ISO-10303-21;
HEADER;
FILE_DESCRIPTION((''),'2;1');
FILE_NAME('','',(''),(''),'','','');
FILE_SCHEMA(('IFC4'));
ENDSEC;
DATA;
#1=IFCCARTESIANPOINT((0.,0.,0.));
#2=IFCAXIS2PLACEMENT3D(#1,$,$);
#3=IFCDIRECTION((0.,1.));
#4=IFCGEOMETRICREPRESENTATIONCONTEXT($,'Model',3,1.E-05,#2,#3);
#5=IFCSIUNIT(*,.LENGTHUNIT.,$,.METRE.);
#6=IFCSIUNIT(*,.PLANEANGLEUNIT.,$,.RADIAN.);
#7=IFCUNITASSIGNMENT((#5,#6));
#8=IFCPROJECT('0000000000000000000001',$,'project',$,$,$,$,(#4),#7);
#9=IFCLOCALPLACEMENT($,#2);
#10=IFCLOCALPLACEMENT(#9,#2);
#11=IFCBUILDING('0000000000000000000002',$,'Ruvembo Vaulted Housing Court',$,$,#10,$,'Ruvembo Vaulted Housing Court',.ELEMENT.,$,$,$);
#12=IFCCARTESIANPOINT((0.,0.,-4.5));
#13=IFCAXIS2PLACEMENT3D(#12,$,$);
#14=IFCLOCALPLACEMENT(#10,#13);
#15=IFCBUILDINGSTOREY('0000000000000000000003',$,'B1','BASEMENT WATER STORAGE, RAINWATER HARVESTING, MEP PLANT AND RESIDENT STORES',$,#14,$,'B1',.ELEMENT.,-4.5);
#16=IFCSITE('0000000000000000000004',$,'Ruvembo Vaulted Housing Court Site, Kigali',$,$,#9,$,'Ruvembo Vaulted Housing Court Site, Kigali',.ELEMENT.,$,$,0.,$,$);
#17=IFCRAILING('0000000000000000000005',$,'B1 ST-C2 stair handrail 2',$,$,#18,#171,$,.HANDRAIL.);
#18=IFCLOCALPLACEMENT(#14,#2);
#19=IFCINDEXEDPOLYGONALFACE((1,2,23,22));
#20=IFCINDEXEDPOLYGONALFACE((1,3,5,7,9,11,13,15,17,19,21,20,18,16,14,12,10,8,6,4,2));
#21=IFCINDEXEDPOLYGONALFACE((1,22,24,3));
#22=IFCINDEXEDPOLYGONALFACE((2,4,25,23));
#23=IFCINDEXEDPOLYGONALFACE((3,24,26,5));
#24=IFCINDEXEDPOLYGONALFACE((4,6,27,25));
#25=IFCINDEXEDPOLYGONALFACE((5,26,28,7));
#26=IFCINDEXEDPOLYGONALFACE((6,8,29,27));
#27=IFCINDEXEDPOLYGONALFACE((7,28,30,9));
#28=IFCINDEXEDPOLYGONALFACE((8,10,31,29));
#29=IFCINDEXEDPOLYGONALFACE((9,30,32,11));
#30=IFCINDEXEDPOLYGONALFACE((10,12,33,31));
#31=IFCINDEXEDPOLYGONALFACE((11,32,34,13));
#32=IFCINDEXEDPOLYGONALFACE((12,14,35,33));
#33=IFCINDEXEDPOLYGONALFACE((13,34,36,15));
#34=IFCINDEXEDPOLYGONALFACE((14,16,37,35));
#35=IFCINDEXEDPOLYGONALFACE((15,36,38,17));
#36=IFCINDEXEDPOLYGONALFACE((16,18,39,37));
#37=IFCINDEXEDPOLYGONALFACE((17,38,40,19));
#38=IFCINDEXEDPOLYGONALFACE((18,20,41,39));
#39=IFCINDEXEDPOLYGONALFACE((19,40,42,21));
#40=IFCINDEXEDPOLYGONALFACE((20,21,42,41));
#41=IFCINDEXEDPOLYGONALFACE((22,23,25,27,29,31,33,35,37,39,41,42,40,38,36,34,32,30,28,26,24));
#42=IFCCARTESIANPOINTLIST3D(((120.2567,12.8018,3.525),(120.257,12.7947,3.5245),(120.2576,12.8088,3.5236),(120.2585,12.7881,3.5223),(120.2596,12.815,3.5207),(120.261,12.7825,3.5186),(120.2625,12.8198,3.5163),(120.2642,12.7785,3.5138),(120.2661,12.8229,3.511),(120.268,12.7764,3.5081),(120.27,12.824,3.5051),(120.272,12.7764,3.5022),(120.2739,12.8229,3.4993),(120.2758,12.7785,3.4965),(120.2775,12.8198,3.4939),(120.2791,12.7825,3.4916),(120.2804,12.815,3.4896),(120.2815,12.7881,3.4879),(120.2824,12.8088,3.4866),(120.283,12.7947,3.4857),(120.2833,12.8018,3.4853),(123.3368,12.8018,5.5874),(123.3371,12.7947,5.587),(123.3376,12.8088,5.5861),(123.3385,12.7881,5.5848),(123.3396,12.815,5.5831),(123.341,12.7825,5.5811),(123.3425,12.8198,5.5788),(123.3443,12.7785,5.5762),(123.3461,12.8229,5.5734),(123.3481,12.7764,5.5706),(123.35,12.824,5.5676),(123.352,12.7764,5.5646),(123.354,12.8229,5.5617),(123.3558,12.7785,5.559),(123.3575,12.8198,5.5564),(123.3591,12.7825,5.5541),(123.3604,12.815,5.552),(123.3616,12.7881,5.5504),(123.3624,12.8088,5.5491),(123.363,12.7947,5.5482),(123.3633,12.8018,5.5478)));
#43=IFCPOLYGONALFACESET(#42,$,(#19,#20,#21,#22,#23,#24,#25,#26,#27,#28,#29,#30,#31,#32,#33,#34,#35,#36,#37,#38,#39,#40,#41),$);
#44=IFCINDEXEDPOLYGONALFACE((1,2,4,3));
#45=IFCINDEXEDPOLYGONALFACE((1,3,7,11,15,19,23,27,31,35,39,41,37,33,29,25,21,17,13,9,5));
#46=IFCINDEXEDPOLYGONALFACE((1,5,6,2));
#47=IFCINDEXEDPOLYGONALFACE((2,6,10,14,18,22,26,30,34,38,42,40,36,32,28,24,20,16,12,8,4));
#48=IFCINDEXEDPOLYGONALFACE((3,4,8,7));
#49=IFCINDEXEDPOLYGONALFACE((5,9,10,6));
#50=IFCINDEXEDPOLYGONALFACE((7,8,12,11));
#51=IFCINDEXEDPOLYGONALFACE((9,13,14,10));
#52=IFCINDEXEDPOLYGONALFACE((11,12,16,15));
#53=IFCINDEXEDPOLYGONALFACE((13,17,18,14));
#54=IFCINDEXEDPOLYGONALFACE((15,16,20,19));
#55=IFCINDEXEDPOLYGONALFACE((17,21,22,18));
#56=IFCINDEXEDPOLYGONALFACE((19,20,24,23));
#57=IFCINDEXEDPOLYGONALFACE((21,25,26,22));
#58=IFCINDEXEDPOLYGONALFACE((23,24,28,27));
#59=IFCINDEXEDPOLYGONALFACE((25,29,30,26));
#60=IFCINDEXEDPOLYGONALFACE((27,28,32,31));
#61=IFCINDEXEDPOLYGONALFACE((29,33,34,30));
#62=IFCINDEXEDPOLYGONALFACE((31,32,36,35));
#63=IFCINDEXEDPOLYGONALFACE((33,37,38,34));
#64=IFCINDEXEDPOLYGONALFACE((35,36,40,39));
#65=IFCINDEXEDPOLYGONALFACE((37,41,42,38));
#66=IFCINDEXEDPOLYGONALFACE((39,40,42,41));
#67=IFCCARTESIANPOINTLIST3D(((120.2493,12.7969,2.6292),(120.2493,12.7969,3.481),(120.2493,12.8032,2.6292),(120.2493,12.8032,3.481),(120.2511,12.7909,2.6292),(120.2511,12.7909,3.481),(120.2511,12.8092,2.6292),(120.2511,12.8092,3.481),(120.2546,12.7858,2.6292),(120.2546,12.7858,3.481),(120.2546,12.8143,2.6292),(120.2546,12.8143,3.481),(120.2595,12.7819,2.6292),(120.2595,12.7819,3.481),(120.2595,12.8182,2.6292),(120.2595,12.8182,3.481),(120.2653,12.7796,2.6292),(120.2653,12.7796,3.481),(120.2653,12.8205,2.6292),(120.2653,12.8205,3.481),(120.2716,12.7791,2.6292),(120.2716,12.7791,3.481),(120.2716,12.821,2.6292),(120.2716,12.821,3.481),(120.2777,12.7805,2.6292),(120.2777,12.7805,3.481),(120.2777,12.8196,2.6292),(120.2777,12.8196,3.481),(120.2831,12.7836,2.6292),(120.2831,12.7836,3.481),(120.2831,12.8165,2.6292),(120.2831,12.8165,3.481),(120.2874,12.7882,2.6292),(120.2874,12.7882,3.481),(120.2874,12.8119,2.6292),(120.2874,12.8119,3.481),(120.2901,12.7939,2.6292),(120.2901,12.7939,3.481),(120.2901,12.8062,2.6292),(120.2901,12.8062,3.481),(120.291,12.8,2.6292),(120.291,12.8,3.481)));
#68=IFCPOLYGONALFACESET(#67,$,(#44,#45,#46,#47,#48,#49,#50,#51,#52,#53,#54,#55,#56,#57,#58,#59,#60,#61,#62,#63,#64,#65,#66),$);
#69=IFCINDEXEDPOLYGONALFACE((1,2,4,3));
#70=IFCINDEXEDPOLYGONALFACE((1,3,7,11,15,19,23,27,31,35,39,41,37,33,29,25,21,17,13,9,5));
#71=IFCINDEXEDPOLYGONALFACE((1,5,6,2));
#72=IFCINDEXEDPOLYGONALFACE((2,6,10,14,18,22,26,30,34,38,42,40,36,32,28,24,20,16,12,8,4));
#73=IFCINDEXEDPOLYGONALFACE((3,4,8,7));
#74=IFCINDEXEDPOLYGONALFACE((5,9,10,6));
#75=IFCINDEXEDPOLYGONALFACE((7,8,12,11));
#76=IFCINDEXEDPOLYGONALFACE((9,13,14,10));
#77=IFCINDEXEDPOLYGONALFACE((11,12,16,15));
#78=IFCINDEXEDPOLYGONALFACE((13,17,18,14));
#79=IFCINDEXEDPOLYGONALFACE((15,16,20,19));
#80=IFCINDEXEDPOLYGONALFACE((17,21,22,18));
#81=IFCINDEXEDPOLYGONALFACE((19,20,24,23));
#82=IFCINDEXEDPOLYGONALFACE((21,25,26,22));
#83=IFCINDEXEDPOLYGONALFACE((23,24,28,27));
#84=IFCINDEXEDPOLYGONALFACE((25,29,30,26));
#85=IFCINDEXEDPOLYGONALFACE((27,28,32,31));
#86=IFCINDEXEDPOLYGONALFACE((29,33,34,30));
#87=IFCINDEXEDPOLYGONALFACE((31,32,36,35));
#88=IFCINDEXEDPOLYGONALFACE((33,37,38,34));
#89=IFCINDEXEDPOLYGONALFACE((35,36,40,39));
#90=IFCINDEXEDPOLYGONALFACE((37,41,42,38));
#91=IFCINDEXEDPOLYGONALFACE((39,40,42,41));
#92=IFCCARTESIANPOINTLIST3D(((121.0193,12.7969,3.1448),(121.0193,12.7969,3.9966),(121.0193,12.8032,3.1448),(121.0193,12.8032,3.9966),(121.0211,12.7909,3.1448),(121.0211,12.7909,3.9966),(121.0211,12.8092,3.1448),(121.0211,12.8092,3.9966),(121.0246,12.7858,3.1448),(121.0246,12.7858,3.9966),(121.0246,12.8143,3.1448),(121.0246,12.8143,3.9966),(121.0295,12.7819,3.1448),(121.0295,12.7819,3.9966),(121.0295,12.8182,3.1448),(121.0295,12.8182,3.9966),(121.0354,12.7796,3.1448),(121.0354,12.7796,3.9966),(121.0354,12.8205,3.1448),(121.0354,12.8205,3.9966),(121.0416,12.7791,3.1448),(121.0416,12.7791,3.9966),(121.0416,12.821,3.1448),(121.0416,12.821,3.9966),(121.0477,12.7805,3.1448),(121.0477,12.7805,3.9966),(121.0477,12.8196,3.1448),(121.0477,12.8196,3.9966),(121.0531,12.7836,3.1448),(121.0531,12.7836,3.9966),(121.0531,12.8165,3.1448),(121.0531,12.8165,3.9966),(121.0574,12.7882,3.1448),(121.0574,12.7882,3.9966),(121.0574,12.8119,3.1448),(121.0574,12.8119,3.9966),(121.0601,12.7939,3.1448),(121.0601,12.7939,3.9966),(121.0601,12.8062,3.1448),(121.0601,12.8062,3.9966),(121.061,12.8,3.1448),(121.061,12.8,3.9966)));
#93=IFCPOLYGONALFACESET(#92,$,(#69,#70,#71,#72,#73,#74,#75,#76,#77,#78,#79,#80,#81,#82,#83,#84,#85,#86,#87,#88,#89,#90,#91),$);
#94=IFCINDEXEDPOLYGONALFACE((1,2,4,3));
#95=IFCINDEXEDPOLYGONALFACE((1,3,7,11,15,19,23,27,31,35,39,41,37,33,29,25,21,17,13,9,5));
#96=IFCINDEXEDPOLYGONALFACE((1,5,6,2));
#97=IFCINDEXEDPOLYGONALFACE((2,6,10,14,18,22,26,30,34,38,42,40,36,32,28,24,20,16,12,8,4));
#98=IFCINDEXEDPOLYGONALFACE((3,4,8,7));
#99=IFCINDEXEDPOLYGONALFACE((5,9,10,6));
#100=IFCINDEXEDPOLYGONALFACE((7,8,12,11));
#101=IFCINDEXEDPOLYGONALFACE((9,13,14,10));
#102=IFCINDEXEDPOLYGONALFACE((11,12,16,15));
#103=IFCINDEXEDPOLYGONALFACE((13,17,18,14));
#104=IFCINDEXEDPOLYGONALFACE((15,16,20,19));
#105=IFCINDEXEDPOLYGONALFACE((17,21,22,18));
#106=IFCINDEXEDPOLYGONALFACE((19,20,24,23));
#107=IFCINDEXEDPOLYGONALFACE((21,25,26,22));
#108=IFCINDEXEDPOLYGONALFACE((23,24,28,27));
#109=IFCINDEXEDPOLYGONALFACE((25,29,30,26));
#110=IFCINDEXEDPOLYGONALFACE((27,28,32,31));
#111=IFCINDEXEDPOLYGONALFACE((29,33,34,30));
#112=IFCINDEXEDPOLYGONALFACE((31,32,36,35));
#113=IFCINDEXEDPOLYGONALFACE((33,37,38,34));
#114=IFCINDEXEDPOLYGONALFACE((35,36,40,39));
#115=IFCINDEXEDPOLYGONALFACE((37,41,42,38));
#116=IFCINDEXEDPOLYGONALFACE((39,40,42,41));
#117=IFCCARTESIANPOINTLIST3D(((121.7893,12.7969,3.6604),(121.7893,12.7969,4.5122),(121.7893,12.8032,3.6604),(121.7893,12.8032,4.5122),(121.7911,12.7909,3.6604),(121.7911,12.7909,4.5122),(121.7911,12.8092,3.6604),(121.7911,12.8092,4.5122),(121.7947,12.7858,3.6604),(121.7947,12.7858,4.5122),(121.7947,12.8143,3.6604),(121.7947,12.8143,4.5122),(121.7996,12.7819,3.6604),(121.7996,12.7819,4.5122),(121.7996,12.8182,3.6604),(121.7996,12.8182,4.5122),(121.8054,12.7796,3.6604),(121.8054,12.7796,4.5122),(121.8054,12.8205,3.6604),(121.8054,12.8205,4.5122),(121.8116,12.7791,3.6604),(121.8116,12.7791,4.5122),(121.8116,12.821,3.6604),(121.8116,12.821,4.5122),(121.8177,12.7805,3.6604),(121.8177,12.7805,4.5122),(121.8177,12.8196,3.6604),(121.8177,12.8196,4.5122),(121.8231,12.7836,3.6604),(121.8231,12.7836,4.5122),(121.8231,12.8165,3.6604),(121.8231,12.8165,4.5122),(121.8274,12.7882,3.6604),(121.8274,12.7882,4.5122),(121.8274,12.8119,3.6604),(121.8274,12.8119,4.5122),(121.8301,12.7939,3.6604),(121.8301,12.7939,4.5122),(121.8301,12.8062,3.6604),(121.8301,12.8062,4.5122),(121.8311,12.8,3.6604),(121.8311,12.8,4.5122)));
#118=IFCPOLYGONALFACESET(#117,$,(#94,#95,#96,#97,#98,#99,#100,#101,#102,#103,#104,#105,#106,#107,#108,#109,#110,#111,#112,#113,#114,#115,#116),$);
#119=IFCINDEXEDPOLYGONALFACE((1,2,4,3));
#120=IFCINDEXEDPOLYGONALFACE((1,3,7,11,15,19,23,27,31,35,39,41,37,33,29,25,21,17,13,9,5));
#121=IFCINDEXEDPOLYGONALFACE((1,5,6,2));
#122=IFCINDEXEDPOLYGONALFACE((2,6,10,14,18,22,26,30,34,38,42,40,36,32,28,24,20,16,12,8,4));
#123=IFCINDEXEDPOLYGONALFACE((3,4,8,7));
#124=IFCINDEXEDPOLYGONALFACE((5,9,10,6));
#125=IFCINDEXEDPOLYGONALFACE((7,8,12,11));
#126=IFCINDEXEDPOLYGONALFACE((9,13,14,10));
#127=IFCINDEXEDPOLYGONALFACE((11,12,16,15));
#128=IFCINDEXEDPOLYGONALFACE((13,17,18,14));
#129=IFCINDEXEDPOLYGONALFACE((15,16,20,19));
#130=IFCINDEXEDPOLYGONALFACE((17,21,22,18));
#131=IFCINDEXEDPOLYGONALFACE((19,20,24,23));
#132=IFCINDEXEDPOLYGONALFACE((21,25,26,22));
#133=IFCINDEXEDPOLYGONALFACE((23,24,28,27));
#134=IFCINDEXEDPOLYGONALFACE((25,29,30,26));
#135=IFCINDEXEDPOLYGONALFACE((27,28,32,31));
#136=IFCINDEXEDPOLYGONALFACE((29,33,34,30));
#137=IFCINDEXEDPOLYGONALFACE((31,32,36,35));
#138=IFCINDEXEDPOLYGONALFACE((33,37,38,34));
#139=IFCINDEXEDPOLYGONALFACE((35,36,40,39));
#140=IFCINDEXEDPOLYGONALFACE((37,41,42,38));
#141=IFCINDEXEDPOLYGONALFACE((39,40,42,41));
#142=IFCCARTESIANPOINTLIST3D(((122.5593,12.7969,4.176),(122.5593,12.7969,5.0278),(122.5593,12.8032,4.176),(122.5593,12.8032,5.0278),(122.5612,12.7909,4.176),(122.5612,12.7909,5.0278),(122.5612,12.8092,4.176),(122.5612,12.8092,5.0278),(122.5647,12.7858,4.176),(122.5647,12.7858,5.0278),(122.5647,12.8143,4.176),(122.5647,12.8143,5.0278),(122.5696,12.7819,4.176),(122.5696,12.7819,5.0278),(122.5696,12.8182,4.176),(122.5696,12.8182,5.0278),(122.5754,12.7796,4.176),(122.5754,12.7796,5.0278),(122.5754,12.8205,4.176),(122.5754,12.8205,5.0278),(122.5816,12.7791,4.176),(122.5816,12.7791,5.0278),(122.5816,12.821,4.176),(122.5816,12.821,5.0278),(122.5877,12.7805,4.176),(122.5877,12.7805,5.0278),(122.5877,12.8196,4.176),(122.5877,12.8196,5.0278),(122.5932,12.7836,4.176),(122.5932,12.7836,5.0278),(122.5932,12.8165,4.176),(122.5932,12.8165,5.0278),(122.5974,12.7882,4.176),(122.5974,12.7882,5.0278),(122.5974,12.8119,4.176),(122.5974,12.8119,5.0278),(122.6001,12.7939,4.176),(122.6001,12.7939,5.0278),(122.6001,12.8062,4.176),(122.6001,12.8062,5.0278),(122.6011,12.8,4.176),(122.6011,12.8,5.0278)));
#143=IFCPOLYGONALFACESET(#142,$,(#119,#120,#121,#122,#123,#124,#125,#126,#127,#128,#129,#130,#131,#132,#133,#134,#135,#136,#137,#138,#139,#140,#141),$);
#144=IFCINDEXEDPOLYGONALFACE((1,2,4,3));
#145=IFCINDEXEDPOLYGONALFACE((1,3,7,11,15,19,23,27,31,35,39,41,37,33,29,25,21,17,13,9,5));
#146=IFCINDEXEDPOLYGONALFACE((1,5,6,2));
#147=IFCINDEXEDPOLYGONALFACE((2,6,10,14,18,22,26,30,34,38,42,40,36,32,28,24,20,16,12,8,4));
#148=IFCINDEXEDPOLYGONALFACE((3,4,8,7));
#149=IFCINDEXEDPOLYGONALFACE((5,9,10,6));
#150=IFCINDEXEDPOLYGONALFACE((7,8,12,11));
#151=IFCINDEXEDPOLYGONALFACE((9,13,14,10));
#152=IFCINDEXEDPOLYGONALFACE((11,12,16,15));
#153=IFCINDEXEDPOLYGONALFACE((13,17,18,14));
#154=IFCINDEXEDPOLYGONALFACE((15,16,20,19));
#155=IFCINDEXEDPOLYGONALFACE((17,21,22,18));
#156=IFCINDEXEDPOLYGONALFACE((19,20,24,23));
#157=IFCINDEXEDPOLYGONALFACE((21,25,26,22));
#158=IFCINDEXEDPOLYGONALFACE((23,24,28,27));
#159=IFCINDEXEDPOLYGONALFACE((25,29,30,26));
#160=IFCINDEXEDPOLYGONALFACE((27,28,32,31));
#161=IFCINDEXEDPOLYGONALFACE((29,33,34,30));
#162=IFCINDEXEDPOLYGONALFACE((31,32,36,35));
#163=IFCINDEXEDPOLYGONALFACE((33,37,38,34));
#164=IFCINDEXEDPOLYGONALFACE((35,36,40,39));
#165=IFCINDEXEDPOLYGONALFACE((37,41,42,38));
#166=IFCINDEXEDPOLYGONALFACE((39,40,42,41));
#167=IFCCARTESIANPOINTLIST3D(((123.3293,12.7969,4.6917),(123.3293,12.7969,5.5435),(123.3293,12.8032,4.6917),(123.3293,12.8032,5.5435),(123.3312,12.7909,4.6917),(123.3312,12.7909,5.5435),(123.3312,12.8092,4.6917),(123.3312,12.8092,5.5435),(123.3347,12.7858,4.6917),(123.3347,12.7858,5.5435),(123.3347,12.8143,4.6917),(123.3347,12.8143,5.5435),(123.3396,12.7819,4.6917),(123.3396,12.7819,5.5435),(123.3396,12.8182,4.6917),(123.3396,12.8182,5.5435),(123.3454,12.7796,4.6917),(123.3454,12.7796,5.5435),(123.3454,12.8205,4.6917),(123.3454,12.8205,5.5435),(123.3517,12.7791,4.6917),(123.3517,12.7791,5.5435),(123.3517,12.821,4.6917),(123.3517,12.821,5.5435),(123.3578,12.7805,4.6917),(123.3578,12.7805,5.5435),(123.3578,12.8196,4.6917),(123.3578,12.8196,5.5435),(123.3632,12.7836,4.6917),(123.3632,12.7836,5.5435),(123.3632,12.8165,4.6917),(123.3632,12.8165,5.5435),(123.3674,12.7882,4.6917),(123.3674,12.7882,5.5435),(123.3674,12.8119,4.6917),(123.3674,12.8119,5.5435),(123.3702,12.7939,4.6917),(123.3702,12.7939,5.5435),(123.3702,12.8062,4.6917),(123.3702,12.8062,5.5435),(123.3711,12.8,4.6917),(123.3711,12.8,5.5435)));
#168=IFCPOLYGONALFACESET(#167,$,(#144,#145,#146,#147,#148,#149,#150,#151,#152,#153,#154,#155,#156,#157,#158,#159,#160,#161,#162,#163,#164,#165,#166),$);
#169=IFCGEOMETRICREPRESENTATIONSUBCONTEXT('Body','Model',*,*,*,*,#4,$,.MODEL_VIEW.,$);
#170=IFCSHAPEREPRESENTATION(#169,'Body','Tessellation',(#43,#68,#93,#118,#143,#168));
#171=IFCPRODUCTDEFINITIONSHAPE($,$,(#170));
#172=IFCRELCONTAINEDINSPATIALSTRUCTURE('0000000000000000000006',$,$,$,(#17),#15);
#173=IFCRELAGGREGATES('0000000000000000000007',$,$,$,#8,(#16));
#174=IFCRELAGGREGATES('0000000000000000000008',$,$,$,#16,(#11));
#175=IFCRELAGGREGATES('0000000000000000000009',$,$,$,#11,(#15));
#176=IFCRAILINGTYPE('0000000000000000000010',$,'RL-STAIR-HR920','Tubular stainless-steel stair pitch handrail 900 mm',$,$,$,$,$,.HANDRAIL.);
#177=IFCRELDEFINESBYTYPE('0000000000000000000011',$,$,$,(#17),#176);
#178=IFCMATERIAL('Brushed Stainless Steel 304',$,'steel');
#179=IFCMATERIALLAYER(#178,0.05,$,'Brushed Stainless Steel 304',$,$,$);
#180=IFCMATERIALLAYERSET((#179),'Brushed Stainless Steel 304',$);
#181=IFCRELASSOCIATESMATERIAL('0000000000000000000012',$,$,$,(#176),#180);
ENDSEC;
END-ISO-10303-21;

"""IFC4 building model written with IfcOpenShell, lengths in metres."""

from ifc_helpers import new_model, si_unit, direction, frame, origin, origin_2d, place, context, subcontext, project, spatial, circle, extrude, material, layer, layer_set, type_object, element, save


model = new_model("IFC4")

# Units and contexts
model_context = context("Model", 3, precision=1e-05, world=origin(), true_north=direction((0.0, 1.0)))
body_context = subcontext(model_context, "Body", "Model", "MODEL_VIEW")
ifc_project = project(units=[si_unit("LENGTHUNIT", "METRE"), si_unit("PLANEANGLEUNIT", "RADIAN")], contexts=[model_context])

# Site, building, storey
site_placement = place(None, origin())
site = spatial("IfcSite", under=ifc_project, at=site_placement, Name="Ruvembo Vaulted Housing Court Site, Kigali", LongName="Ruvembo Vaulted Housing Court Site, Kigali", CompositionType="ELEMENT", RefElevation=0.0)
building_placement = place(site_placement, origin())
building = spatial("IfcBuilding", under=site, at=building_placement, Name="Ruvembo Vaulted Housing Court", LongName="Ruvembo Vaulted Housing Court", CompositionType="ELEMENT")
storey_placement = place(building_placement, frame((0.0, 0.0, -4.5)))
storey = spatial("IfcBuildingStorey", under=building, at=storey_placement, Name="B1", Description="BASEMENT WATER STORAGE, RAINWATER HARVESTING, MEP PLANT AND RESIDENT STORES", LongName="B1", CompositionType="ELEMENT", Elevation=-4.5)

# Railing
ifc_material_1 = material(Name="Brushed Stainless Steel 304", Category="steel")
ifc_layer_1 = layer(ifc_material_1, 0.05, Name="Brushed Stainless Steel 304")
ifc_layer_set_1 = layer_set([ifc_layer_1], Name="Brushed Stainless Steel 304")
railing_type = type_object("IfcRailingType", Name="RL-STAIR-HR920", Description="Tubular stainless-steel stair pitch handrail 900 mm", PredefinedType="HANDRAIL", material=ifc_layer_set_1)
railing_placement = place(storey_placement, frame((120.27, 12.8, 2.6292)))
element("IfcRailing", 1, at=railing_placement, inside=storey, type_object=railing_type, Name="B1 ST-C2 stair handrail 2", PredefinedType="HANDRAIL", context=body_context, shape_type="SweptSolid", body=[
    extrude(circle(Radius=0.0239, at=origin_2d()), frame((0.0, 0.0, 0.876), z_axis=(0.830914, 0.0, 0.556401), x_axis=(0.0, 1.0, 0.0)), (0.0, 0.0, 1.0), 3.7068),
    extrude(circle(Radius=0.021, at=origin_2d()), origin(), (0.0, 0.0, 1.0), 0.8518),
    extrude(circle(Radius=0.021, at=origin_2d()), frame((0.77, 0.0, 0.5156)), (0.0, 0.0, 1.0), 0.8518),
    extrude(circle(Radius=0.021, at=origin_2d()), frame((1.54, 0.0, 1.0312)), (0.0, 0.0, 1.0), 0.8518),
    extrude(circle(Radius=0.021, at=origin_2d()), frame((2.3101, 0.0, 1.5469)), (0.0, 0.0, 1.0), 0.8518),
    extrude(circle(Radius=0.021, at=origin_2d()), frame((3.0801, 0.0, 2.0625)), (0.0, 0.0, 1.0), 0.8518),
])

save(model, "model.ifc")
